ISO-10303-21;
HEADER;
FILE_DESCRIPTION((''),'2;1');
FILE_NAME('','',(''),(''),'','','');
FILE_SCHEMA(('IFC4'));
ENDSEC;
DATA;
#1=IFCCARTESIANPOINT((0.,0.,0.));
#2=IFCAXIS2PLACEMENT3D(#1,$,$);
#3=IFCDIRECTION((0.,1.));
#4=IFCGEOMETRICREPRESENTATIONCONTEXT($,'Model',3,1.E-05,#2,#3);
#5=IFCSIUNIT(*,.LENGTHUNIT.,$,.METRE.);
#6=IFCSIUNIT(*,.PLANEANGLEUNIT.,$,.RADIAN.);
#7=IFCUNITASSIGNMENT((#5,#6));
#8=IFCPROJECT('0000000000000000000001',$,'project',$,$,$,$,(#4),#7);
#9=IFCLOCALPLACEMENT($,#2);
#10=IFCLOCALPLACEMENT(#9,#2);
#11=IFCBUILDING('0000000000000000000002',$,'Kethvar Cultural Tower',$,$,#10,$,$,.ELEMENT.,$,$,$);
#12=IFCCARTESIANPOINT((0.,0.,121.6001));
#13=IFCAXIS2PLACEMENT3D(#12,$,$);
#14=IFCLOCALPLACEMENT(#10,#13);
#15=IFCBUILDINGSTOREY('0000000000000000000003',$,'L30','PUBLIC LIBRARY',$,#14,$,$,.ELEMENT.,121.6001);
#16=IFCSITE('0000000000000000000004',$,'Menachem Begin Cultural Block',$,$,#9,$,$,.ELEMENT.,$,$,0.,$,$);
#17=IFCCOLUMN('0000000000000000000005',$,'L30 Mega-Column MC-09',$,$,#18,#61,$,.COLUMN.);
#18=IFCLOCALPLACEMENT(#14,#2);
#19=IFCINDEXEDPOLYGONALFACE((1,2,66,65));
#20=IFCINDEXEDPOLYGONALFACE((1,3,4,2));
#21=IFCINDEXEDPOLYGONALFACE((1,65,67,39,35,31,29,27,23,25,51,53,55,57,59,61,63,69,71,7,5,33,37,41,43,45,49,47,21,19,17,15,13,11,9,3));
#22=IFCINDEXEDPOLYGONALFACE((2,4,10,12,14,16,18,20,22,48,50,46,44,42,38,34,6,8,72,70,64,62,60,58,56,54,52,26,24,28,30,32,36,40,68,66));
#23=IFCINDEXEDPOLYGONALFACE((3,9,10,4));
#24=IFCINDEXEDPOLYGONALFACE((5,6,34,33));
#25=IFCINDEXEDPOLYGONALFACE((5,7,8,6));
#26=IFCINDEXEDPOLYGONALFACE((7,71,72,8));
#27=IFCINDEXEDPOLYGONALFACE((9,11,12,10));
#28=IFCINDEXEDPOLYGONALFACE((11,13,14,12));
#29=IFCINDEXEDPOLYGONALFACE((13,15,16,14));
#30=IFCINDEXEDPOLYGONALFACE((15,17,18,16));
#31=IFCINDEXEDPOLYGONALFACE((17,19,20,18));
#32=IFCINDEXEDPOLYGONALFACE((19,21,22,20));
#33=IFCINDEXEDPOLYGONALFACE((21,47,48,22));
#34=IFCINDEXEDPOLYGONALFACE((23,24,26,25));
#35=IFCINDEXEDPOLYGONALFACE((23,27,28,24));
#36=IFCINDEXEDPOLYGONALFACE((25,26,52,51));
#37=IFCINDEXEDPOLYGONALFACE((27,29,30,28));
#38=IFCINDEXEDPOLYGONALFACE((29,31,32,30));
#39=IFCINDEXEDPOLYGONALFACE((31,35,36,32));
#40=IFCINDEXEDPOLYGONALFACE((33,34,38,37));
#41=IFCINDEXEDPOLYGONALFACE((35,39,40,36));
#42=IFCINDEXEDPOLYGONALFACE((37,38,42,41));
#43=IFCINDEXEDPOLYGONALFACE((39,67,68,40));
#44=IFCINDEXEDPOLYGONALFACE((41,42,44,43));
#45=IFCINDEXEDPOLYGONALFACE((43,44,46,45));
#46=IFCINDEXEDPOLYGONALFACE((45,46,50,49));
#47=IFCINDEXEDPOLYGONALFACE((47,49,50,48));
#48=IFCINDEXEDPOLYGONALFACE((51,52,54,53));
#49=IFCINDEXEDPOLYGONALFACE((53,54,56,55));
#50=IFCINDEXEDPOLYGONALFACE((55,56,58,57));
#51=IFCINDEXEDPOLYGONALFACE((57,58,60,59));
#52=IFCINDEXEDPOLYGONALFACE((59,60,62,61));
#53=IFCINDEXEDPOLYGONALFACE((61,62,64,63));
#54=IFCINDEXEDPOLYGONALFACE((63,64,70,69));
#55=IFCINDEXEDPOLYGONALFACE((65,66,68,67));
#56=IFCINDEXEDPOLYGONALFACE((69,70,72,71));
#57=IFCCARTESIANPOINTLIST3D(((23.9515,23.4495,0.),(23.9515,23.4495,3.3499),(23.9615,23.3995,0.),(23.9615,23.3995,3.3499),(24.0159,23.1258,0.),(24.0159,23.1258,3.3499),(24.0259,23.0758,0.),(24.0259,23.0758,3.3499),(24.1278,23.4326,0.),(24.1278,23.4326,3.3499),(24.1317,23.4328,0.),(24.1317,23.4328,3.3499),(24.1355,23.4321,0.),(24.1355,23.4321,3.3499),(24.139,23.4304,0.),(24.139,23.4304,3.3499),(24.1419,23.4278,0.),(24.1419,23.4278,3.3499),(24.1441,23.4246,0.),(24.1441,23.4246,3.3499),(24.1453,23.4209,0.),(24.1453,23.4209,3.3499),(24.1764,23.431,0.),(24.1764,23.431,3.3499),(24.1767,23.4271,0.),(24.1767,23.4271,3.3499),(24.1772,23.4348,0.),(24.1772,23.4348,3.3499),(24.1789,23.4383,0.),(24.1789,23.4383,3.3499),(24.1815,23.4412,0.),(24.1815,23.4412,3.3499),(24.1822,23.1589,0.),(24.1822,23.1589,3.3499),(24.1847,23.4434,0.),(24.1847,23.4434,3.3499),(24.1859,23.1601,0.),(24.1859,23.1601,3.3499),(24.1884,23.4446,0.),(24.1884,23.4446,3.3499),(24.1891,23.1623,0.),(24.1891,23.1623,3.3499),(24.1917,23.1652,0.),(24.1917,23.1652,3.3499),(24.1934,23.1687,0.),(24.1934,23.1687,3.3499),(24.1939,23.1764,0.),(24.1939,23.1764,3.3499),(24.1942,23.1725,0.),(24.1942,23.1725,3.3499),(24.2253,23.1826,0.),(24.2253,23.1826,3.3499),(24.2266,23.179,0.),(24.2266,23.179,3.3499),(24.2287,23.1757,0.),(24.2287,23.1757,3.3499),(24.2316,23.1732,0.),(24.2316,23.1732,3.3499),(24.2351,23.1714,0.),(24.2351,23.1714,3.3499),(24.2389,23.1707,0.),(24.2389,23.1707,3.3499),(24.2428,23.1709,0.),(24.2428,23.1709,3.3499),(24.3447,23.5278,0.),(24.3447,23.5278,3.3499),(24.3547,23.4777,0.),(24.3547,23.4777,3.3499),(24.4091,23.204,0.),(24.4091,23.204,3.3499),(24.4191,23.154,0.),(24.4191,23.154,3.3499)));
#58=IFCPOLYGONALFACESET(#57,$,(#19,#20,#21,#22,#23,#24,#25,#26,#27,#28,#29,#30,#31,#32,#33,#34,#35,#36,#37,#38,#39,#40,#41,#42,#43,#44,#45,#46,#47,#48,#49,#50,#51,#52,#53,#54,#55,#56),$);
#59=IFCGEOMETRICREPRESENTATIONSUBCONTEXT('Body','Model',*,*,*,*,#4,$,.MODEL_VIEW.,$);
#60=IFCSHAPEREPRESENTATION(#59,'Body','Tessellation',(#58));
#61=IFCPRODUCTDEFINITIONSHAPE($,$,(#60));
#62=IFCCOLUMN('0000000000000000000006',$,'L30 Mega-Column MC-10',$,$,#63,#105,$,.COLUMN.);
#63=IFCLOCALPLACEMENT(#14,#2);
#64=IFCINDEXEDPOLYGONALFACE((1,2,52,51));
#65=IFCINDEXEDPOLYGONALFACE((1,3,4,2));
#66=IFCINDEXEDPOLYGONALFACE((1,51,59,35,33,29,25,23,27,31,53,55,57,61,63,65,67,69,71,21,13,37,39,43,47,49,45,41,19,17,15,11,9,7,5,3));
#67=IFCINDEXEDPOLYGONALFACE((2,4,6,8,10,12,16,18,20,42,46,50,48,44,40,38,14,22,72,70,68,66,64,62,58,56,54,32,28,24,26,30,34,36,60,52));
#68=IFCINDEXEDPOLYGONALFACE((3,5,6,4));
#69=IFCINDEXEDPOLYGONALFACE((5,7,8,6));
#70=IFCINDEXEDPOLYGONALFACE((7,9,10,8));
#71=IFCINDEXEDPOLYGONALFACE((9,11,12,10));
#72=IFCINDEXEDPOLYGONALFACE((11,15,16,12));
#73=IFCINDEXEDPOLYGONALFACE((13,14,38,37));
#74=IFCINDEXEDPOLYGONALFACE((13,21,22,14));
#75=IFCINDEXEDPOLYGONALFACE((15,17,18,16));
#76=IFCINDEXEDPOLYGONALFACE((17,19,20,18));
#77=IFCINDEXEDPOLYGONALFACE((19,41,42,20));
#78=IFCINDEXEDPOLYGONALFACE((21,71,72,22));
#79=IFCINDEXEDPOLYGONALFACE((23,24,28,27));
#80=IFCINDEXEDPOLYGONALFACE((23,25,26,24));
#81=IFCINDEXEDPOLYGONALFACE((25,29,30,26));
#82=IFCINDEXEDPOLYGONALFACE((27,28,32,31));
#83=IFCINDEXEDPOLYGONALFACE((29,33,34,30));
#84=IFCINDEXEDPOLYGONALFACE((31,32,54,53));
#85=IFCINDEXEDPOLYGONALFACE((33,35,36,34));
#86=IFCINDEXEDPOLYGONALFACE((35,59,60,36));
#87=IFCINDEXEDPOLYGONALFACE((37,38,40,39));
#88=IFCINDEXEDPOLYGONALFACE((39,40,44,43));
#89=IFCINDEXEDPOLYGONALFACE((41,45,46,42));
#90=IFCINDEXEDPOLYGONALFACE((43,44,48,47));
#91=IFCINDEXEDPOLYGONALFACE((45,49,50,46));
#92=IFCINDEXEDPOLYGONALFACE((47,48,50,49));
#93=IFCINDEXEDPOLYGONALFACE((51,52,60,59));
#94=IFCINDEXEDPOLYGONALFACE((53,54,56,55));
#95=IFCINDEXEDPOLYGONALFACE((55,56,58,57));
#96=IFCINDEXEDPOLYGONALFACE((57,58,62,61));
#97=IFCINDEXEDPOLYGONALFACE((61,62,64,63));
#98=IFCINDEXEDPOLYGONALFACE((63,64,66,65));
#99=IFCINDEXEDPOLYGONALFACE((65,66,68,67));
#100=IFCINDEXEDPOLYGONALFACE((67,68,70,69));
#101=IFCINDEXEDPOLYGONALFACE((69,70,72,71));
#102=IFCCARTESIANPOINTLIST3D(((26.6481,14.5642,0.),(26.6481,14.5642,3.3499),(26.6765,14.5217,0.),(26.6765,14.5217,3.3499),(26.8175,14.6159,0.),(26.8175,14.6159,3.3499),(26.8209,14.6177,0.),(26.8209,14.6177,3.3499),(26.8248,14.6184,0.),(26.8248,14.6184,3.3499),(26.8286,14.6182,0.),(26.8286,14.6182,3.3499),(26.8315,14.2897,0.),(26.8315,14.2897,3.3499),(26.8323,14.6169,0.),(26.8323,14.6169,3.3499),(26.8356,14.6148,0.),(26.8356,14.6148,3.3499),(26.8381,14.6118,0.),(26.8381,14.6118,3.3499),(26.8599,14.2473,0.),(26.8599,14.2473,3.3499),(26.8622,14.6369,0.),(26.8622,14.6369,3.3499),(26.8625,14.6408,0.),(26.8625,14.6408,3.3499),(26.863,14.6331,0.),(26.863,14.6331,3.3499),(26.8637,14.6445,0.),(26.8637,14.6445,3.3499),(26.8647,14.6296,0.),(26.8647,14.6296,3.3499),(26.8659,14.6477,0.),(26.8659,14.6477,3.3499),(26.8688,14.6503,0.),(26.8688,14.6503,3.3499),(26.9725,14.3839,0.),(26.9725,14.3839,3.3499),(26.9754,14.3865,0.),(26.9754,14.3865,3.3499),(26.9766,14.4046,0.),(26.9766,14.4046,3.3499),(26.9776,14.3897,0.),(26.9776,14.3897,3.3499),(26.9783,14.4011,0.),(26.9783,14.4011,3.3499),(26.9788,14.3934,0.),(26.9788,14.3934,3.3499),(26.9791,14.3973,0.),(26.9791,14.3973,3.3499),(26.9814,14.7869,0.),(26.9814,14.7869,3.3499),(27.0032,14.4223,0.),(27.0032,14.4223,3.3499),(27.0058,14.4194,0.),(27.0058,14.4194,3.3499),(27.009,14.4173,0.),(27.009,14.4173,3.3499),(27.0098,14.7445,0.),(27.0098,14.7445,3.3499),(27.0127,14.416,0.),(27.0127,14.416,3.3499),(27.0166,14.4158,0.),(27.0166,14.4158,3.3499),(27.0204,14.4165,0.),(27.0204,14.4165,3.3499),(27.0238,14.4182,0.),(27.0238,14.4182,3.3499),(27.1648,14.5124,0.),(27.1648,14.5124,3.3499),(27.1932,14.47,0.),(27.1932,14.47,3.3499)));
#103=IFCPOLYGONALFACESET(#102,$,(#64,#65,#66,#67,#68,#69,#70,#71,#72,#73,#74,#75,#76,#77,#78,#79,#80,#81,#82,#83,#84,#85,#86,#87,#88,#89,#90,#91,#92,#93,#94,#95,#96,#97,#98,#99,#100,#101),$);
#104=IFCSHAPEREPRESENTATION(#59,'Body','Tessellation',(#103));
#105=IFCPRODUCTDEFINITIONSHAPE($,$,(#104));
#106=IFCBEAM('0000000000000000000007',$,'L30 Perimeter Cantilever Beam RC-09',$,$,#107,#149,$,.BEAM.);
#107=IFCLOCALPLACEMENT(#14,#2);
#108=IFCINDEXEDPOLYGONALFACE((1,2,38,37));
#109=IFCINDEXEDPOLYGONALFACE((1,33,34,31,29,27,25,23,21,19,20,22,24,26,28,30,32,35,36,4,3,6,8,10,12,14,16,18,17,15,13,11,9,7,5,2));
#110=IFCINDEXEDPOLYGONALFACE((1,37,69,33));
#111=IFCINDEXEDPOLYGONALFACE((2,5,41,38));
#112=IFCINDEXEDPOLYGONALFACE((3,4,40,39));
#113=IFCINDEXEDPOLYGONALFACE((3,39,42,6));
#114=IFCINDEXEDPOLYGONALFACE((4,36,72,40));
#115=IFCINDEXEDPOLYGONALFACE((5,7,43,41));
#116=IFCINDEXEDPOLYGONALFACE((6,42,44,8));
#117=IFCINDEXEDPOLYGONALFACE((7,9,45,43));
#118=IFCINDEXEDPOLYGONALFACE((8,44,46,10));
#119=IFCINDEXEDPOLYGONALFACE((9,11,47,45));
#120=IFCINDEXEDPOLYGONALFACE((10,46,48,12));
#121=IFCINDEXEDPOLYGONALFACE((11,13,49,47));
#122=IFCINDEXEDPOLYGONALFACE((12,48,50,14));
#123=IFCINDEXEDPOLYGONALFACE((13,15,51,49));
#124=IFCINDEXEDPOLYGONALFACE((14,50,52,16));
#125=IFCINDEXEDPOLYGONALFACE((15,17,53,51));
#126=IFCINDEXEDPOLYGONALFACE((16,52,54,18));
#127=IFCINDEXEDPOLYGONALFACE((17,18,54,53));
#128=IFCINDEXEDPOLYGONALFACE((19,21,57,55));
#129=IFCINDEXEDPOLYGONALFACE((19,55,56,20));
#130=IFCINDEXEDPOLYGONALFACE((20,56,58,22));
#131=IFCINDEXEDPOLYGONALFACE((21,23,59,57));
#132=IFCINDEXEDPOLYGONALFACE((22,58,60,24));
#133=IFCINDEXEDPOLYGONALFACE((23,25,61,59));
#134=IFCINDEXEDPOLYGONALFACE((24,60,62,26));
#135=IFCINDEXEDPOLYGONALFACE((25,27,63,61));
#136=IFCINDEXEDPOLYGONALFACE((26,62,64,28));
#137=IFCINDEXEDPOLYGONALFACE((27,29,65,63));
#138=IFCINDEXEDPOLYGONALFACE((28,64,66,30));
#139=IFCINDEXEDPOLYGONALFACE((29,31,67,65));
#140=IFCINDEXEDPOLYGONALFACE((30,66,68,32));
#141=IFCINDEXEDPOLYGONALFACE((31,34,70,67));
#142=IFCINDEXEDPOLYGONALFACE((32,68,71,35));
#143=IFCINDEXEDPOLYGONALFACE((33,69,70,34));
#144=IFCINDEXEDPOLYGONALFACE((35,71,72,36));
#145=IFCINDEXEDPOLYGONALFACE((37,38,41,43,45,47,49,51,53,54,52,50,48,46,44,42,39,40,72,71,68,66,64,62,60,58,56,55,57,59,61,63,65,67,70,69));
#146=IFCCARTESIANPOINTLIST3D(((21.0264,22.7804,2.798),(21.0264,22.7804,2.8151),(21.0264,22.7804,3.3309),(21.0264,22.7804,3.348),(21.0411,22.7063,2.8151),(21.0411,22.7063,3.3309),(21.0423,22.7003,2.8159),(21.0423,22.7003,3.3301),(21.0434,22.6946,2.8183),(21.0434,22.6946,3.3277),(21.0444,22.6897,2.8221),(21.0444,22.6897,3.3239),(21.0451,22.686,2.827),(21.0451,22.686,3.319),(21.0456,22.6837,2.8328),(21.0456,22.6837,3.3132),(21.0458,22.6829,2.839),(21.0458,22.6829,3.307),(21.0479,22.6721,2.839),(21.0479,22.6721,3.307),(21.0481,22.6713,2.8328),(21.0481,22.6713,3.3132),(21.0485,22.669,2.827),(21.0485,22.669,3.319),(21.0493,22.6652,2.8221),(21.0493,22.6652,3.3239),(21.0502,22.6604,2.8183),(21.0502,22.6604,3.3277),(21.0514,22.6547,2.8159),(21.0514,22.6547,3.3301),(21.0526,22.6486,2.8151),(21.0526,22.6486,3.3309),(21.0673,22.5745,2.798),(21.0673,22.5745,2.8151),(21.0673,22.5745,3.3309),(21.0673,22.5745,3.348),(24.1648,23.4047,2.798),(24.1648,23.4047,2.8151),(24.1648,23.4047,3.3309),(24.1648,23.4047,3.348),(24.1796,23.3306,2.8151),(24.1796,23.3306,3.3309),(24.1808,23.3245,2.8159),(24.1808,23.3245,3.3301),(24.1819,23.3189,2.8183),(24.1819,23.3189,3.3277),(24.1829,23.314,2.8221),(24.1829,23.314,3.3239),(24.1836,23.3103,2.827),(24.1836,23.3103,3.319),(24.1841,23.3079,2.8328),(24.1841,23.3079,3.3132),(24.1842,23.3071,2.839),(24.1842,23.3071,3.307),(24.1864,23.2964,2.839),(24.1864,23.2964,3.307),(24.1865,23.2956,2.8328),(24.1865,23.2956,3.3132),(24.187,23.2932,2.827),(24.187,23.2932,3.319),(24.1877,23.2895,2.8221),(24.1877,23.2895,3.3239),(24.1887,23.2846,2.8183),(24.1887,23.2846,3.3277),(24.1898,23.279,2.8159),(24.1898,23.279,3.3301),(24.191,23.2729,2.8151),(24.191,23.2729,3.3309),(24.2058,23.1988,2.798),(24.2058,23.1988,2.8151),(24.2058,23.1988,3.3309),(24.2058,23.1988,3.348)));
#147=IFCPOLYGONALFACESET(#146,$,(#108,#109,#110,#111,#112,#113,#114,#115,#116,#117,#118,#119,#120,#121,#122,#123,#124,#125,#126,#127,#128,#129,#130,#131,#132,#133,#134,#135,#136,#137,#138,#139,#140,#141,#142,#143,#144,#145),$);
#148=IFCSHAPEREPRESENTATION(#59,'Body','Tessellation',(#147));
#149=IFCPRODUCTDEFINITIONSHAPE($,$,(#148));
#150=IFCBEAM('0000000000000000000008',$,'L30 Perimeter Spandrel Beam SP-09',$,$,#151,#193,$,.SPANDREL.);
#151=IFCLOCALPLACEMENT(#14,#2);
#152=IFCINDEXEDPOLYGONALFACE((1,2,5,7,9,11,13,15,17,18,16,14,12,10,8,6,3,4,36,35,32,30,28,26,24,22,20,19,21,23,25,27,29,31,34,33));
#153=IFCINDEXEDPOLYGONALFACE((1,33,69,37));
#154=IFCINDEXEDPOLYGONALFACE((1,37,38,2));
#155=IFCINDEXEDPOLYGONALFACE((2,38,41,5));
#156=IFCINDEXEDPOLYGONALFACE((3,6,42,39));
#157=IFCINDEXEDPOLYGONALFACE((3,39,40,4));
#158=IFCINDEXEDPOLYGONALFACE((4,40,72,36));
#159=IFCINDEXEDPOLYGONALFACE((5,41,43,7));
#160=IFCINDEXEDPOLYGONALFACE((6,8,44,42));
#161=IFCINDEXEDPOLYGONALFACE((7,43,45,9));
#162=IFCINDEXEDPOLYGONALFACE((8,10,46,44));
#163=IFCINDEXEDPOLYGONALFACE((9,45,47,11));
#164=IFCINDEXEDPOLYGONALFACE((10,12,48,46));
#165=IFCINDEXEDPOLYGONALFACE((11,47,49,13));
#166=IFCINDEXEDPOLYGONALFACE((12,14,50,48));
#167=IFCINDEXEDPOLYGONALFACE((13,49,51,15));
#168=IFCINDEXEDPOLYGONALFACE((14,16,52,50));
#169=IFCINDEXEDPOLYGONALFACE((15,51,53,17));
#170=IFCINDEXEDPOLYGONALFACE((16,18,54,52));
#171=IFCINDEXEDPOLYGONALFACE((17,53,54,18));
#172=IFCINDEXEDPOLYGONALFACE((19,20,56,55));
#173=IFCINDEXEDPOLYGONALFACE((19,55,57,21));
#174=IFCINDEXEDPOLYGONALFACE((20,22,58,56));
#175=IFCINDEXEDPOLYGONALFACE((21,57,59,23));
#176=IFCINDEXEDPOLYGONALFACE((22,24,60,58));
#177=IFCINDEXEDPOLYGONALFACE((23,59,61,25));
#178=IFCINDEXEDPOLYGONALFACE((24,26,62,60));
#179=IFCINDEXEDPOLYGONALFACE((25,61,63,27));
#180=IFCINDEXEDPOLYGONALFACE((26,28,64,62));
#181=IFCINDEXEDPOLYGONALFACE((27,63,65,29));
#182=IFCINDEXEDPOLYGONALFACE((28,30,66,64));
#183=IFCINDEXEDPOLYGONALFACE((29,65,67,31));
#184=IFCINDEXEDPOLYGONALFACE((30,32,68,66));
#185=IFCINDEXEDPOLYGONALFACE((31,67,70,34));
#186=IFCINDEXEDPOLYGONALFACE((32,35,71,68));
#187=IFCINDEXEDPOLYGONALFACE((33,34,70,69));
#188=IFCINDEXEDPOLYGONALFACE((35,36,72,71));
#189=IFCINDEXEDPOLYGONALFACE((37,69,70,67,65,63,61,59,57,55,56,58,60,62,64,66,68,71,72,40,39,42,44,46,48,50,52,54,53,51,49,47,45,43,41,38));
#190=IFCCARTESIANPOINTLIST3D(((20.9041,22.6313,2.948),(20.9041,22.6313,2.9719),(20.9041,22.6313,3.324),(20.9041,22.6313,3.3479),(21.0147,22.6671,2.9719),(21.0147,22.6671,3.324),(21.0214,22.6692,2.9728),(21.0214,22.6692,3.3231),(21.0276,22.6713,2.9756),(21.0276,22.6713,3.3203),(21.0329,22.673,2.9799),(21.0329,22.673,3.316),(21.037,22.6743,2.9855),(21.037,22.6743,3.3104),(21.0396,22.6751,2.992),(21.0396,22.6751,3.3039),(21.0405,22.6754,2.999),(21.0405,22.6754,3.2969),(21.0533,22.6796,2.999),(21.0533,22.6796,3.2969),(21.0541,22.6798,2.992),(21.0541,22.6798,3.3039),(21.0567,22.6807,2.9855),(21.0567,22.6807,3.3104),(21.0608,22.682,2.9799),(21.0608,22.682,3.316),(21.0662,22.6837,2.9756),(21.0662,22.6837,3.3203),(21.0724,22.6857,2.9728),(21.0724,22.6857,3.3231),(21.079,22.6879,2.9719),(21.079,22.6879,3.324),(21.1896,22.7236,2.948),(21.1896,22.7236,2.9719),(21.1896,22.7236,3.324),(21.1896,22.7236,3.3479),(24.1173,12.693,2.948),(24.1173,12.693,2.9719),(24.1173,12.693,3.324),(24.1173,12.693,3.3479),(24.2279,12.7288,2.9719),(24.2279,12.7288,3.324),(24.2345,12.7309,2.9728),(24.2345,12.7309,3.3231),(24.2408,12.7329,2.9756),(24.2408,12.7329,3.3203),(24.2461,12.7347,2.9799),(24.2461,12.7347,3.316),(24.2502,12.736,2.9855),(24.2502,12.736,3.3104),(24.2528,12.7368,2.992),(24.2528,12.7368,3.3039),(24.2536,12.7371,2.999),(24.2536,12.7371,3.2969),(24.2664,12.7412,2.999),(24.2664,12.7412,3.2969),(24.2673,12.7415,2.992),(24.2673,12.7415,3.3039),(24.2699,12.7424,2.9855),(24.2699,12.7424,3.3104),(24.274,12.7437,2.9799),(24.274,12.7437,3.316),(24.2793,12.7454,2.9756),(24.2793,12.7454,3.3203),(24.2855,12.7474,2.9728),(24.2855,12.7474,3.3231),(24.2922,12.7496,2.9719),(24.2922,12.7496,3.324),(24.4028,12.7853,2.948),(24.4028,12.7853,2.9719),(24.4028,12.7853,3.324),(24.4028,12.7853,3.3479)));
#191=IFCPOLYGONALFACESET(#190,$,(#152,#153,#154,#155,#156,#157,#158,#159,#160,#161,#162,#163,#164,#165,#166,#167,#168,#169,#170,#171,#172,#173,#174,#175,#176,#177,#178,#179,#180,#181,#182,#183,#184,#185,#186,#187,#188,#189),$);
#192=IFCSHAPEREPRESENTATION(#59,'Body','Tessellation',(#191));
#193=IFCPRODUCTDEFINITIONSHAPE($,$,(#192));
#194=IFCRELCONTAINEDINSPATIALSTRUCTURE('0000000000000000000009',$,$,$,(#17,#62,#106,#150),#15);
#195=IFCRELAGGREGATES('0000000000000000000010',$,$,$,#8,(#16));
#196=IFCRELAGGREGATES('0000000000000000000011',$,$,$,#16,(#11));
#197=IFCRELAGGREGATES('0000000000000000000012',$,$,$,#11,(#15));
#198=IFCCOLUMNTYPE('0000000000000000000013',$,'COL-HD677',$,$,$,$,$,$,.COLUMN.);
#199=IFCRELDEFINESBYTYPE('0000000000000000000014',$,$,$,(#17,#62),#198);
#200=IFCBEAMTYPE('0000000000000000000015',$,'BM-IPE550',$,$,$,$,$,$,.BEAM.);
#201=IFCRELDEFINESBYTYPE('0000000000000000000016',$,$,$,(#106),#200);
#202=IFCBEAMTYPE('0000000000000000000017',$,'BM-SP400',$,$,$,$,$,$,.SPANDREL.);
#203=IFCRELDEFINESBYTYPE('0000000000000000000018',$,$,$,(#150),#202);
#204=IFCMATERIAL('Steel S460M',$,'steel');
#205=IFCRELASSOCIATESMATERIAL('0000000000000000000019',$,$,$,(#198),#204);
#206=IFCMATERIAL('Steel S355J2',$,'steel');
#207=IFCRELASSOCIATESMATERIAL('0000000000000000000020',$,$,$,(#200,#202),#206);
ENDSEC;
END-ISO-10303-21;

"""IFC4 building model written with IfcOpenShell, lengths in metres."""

from ifc_helpers import new_model, si_unit, direction, frame, origin, origin_2d, place, context, subcontext, project, spatial, i_section, extrude, source, transform, mapped, material, material_profile, profile_set, type_object, element, save


model = new_model("IFC4")

# Units and contexts
model_context = context("Model", 3, precision=1e-05, world=origin(), true_north=direction((0.0, 1.0)))
body_context = subcontext(model_context, "Body", "Model", "MODEL_VIEW")
ifc_project = project(units=[si_unit("LENGTHUNIT", "METRE"), si_unit("PLANEANGLEUNIT", "RADIAN")], contexts=[model_context])

# Site, building, storey
site_placement = place(None, origin())
site = spatial("IfcSite", under=ifc_project, at=site_placement, Name="Menachem Begin Cultural Block", CompositionType="ELEMENT", RefElevation=0.0)
building_placement = place(site_placement, origin())
building = spatial("IfcBuilding", under=site, at=building_placement, Name="Kethvar Cultural Tower", CompositionType="ELEMENT")
storey_placement = place(building_placement, frame((0.0, 0.0, 121.6001)))
storey = spatial("IfcBuildingStorey", under=building, at=storey_placement, Name="L30", Description="PUBLIC LIBRARY", CompositionType="ELEMENT", Elevation=121.6001)

# Columns
ifc_material_1 = material(Name="Steel S460M", Category="steel")
ifc_material_profile_1 = material_profile(ifc_material_1, i_section(OverallWidth=0.4009, OverallDepth=0.3811, WebThickness=0.032, FlangeThickness=0.051, FilletRadius=0.0149, at=origin_2d()), Name="Steel S460M — HD400x677")
ifc_profile_set_1 = profile_set([ifc_material_profile_1], Name="Steel S460M — HD400x677")
column_type = type_object("IfcColumnType", Name="COL-HD677", PredefinedType="COLUMN", material=ifc_profile_set_1)
shared_shape_1 = source(origin(), body_context, "Body", "SweptSolid", [
    extrude(i_section(OverallWidth=0.4009, OverallDepth=0.3811, WebThickness=0.032, FlangeThickness=0.051, FilletRadius=0.0149, at=origin_2d()), origin(), (0.0, 0.0, 1.0), 3.3499),
])
for number, where, z_axis, x_axis, name in (
    (1, (24.1853, 23.3018, 0.0), (0.0, 0.0, 1.0), (-0.980785, -0.19509, 0.0), "L30 Mega-Column MC-09"),
    (2, (26.9207, 14.5171, 0.0), (0.0, 0.0, 1.0), (-0.83147, -0.55557, 0.0), "L30 Mega-Column MC-10"),
):
    element("IfcColumn", number, at=place(storey_placement, frame(where, z_axis=z_axis, x_axis=x_axis)), inside=storey, type_object=column_type, Name=name, PredefinedType="COLUMN", context=body_context, shape_type="MappedRepresentation", body=[
        mapped(shared_shape_1, transform((0.0, 0.0, 0.0), scale=1.0)),
    ])

# Beams
ifc_material_2 = material(Name="Steel S355J2", Category="steel")
ifc_material_profile_2 = material_profile(ifc_material_2, i_section(OverallWidth=0.21, OverallDepth=0.55, WebThickness=0.011, FlangeThickness=0.0171, FilletRadius=0.0239, at=origin_2d()), Name="Steel S355J2 — IPE550")
ifc_profile_set_2 = profile_set([ifc_material_profile_2], Name="Steel S355J2 — IPE550")
beam_type_1 = type_object("IfcBeamType", Name="BM-IPE550", PredefinedType="BEAM", material=ifc_profile_set_2)
shared_shape_2 = source(origin(), body_context, "Body", "SweptSolid", [
    extrude(i_section(OverallWidth=0.21, OverallDepth=0.55, WebThickness=0.011, FlangeThickness=0.0171, FilletRadius=0.0239, at=origin_2d()), origin(), (0.0, 0.0, 1.0), 3.2),
])
beam_1_placement = place(storey_placement, frame((24.1853, 23.3018, 3.073), z_axis=(-0.980786, -0.195089, 0.0), x_axis=(0.195089, -0.980786, 0.0)))
element("IfcBeam", 3, at=beam_1_placement, inside=storey, type_object=beam_type_1, Name="L30 Perimeter Cantilever Beam RC-09", PredefinedType="BEAM", context=body_context, shape_type="MappedRepresentation", body=[
    mapped(shared_shape_2, transform((0.0, 0.0, 0.0), scale=1.0)),
])
ifc_material_profile_3 = material_profile(ifc_material_2, i_section(OverallWidth=0.3, OverallDepth=0.3999, WebThickness=0.0134, FlangeThickness=0.0239, FilletRadius=0.0271, at=origin_2d()), Name="Steel S355J2 — HEB400")
ifc_profile_set_3 = profile_set([ifc_material_profile_3], Name="Steel S355J2 — HEB400")
beam_type_2 = type_object("IfcBeamType", Name="BM-SP400", PredefinedType="SPANDREL", material=ifc_profile_set_3)
shared_shape_3 = source(origin(), body_context, "Body", "SweptSolid", [
    extrude(i_section(OverallWidth=0.3, OverallDepth=0.3999, WebThickness=0.0134, FlangeThickness=0.0239, FilletRadius=0.0271, at=origin_2d()), origin(), (0.0, 0.0, 1.0), 10.4448),
])
beam_2_placement = place(storey_placement, frame((21.0469, 22.6775, 3.1479), z_axis=(0.307632, -0.951506, 0.0), x_axis=(0.951506, 0.307632, 0.0)))
element("IfcBeam", 4, at=beam_2_placement, inside=storey, type_object=beam_type_2, Name="L30 Perimeter Spandrel Beam SP-09", PredefinedType="SPANDREL", context=body_context, shape_type="MappedRepresentation", body=[
    mapped(shared_shape_3, transform((0.0, 0.0, 0.0), scale=1.0)),
])

save(model, "model.ifc")
